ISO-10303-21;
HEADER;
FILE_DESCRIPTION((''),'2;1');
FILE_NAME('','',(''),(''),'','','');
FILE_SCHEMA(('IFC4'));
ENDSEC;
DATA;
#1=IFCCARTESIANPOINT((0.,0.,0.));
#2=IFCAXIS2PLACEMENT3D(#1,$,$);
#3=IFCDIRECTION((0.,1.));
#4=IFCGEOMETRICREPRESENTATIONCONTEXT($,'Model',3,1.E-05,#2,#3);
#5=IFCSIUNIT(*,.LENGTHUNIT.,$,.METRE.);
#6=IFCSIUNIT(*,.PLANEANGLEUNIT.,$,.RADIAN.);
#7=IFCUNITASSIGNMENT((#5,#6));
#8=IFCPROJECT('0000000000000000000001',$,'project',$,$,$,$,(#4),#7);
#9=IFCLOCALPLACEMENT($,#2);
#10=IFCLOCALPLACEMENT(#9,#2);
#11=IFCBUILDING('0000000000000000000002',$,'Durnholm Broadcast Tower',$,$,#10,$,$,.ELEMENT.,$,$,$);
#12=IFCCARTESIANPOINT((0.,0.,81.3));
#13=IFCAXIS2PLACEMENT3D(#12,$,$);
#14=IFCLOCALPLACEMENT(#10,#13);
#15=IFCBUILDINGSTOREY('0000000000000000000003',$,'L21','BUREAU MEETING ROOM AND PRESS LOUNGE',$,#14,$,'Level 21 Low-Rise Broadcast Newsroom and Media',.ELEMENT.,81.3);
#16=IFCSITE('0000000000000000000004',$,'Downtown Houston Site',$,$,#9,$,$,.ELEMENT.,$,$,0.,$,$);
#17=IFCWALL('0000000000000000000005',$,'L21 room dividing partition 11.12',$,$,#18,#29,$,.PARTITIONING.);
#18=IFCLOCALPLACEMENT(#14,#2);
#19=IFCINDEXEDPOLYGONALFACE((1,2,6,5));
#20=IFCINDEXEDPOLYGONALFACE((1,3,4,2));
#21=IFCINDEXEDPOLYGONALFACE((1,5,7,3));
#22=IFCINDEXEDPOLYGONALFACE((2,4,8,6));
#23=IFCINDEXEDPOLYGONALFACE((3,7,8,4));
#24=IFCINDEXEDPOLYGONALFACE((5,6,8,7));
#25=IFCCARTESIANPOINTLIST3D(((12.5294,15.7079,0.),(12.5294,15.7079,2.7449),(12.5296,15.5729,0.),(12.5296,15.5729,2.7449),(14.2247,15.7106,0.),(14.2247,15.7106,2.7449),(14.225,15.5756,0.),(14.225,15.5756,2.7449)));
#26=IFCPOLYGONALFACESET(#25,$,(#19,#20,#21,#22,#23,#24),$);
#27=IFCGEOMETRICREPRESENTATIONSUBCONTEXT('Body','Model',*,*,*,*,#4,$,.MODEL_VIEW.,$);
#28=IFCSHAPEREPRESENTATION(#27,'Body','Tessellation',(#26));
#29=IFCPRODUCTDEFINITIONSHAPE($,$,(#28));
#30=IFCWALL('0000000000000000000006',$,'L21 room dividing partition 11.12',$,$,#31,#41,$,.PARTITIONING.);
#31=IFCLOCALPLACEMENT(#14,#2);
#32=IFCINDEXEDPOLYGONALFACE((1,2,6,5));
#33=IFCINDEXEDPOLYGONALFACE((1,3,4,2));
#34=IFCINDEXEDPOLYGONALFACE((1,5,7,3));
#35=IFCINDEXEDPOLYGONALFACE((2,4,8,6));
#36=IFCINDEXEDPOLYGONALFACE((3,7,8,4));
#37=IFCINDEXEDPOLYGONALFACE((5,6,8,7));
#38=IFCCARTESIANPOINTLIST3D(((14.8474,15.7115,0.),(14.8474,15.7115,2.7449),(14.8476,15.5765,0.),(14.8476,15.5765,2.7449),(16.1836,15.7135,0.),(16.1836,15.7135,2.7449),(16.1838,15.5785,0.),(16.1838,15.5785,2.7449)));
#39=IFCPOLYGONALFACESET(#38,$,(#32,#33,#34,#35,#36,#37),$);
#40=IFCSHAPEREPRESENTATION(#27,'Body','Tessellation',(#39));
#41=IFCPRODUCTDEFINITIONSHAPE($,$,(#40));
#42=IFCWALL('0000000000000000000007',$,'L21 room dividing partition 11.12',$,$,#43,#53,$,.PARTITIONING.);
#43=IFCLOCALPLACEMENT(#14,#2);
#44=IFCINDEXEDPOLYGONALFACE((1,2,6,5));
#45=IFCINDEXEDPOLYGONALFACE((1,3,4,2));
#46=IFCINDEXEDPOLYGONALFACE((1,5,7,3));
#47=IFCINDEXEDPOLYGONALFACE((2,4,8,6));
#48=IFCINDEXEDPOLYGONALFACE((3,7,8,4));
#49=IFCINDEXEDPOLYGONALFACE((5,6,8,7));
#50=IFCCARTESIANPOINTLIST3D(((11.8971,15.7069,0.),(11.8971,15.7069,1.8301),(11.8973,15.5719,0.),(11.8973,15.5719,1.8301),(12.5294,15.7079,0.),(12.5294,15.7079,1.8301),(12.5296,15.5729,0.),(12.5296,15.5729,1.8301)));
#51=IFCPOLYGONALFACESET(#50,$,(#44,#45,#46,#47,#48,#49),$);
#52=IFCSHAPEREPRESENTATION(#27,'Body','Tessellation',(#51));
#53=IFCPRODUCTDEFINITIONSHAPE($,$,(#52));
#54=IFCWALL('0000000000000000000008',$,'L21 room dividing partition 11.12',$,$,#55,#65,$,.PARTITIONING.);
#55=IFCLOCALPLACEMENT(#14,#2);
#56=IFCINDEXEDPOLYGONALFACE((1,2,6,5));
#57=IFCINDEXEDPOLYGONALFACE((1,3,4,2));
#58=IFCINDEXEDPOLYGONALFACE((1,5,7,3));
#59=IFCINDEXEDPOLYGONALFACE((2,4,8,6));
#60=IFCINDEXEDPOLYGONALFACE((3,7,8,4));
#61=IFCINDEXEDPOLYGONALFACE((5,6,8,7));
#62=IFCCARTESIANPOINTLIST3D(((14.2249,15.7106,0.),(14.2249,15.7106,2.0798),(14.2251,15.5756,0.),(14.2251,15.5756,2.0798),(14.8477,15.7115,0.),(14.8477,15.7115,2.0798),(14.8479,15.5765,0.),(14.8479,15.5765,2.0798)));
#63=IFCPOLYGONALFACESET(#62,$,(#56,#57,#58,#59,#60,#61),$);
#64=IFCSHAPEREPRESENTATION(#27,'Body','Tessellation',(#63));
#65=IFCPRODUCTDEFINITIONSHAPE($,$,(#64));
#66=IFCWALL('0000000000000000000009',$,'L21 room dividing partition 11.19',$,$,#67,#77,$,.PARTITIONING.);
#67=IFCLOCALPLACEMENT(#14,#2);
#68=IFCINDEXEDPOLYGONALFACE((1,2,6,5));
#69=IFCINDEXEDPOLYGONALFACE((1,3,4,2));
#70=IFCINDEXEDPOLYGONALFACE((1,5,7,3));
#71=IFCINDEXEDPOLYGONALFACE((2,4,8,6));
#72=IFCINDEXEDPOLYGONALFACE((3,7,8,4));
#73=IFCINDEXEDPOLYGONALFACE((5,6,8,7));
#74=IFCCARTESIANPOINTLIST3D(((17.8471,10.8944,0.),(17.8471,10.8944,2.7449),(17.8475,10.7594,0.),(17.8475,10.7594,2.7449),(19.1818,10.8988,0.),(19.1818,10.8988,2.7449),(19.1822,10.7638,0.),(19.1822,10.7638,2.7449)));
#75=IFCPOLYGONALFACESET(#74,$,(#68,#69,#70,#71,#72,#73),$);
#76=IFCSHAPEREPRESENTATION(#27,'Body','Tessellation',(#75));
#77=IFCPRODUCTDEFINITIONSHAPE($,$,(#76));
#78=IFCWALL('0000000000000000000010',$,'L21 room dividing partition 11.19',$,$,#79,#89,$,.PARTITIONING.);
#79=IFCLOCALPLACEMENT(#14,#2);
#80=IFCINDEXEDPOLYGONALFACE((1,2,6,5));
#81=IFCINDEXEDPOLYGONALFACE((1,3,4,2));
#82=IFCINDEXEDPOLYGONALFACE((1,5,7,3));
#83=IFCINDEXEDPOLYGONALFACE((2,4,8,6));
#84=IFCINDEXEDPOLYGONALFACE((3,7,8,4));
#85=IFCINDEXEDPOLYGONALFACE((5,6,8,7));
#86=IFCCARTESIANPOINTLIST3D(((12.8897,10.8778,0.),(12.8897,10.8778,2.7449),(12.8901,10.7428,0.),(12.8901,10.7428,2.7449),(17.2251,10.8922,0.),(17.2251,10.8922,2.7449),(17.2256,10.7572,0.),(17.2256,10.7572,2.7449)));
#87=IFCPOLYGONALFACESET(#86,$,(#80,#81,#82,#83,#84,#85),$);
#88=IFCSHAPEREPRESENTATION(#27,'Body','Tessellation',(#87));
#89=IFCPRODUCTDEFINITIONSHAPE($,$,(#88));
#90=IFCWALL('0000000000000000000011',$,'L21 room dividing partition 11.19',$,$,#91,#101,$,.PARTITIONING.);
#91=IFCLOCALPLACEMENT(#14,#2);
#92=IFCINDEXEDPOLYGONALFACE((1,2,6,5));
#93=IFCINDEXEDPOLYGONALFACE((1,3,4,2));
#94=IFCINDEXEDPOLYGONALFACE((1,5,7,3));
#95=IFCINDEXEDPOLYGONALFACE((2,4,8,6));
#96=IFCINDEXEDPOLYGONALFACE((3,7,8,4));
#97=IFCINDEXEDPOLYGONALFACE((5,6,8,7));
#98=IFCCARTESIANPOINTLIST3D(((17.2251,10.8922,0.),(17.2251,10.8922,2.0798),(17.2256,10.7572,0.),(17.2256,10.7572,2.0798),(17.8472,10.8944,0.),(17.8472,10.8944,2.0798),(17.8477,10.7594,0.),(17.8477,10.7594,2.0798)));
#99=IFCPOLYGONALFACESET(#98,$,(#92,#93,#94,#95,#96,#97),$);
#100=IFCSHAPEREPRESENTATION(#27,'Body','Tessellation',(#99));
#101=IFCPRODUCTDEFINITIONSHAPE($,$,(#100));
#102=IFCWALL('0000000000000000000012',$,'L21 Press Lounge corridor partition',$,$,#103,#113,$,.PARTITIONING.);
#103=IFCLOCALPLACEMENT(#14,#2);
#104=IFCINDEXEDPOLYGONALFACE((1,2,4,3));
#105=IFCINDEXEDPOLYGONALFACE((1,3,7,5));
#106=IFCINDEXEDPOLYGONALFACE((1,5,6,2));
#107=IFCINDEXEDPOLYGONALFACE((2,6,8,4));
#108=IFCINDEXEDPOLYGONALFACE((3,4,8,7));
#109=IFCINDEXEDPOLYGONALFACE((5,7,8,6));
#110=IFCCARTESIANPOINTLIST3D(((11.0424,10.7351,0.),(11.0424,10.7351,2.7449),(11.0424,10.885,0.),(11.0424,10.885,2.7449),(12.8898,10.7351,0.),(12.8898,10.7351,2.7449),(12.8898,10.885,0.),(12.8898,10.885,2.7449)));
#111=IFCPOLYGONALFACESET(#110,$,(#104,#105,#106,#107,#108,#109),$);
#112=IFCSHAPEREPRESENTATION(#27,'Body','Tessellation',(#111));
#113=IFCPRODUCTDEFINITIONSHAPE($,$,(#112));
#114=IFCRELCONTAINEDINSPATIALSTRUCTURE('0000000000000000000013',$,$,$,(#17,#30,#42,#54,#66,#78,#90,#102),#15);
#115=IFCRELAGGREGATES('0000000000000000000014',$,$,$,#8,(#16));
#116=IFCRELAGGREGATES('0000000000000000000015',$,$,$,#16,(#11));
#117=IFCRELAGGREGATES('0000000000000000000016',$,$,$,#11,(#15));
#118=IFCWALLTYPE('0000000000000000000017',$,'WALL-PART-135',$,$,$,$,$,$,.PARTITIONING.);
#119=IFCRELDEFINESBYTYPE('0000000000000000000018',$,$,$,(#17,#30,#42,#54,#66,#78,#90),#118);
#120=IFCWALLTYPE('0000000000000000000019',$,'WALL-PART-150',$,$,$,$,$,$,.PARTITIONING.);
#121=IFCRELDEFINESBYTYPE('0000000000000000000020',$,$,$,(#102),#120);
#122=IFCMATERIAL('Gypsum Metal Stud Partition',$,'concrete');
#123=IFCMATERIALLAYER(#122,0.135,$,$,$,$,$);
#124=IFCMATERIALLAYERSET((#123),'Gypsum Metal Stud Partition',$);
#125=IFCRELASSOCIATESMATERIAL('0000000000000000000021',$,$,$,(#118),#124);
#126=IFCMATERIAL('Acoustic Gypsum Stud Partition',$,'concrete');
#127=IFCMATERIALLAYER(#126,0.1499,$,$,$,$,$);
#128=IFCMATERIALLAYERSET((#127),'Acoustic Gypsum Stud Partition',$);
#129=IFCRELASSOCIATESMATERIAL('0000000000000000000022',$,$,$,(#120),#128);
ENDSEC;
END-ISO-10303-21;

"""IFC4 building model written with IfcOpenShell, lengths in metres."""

from ifc_helpers import new_model, si_unit, direction, frame, frame_2d, origin, place, context, subcontext, project, spatial, rectangle, extrude, material, layer, layer_set, type_object, element, save


model = new_model("IFC4")

# Units and contexts
model_context = context("Model", 3, precision=1e-05, world=origin(), true_north=direction((0.0, 1.0)))
body_context = subcontext(model_context, "Body", "Model", "MODEL_VIEW")
ifc_project = project(units=[si_unit("LENGTHUNIT", "METRE"), si_unit("PLANEANGLEUNIT", "RADIAN")], contexts=[model_context])

# Site, building, storey
site_placement = place(None, origin())
site = spatial("IfcSite", under=ifc_project, at=site_placement, Name="Downtown Houston Site", CompositionType="ELEMENT", RefElevation=0.0)
building_placement = place(site_placement, origin())
building = spatial("IfcBuilding", under=site, at=building_placement, Name="Durnholm Broadcast Tower", CompositionType="ELEMENT")
storey_placement = place(building_placement, frame((0.0, 0.0, 81.3)))
storey = spatial("IfcBuildingStorey", under=building, at=storey_placement, Name="L21", Description="BUREAU MEETING ROOM AND PRESS LOUNGE", LongName="Level 21 Low-Rise Broadcast Newsroom and Media", CompositionType="ELEMENT", Elevation=81.3)

# Walls
ifc_material_1 = material(Name="Gypsum Metal Stud Partition", Category="concrete")
ifc_layer_1 = layer(ifc_material_1, 0.135)
ifc_layer_set_1 = layer_set([ifc_layer_1], Name="Gypsum Metal Stud Partition")
wall_type_1 = type_object("IfcWallType", Name="WALL-PART-135", PredefinedType="PARTITIONING", material=ifc_layer_set_1)
wall_1_placement = place(storey_placement, frame((12.5295, 15.6404, 0.0), z_axis=(0.0, 0.0, 1.0), x_axis=(0.999999, 0.001584, 0.0)))
element("IfcWall", 1, at=wall_1_placement, inside=storey, type_object=wall_type_1, Name="L21 room dividing partition 11.12", PredefinedType="PARTITIONING", context=body_context, shape_type="SweptSolid", body=[
    extrude(rectangle(XDim=1.6953, YDim=0.135, at=frame_2d((0.8477, 0.0))), origin(), (0.0, 0.0, 1.0), 2.7449),
])
wall_2_placement = place(storey_placement, frame((14.8477, 15.644, 0.0), z_axis=(0.0, 0.0, 1.0), x_axis=(0.999999, 0.001462, 0.0)))
element("IfcWall", 2, at=wall_2_placement, inside=storey, type_object=wall_type_1, Name="L21 room dividing partition 11.12", PredefinedType="PARTITIONING", context=body_context, shape_type="SweptSolid", body=[
    extrude(rectangle(XDim=1.3362, YDim=0.135, at=frame_2d((0.668, 0.0))), origin(), (0.0, 0.0, 1.0), 2.7449),
])
wall_3_placement = place(storey_placement, frame((11.8972, 15.6394, 0.0), z_axis=(0.0, 0.0, 1.0), x_axis=(0.999999, 0.001544, 0.0)))
element("IfcWall", 3, at=wall_3_placement, inside=storey, type_object=wall_type_1, Name="L21 room dividing partition 11.12", PredefinedType="PARTITIONING", context=body_context, shape_type="SweptSolid", body=[
    extrude(rectangle(XDim=0.6323, YDim=0.135, at=frame_2d((0.3162, 0.0))), origin(), (0.0, 0.0, 1.0), 1.8301),
])
wall_4_placement = place(storey_placement, frame((14.2249, 15.6431, 0.0), z_axis=(0.0, 0.0, 1.0), x_axis=(0.999999, 0.001568, 0.0)))
element("IfcWall", 4, at=wall_4_placement, inside=storey, type_object=wall_type_1, Name="L21 room dividing partition 11.12", PredefinedType="PARTITIONING", context=body_context, shape_type="SweptSolid", body=[
    extrude(rectangle(XDim=0.6228, YDim=0.135, at=frame_2d((0.3115, 0.0))), origin(), (0.0, 0.0, 1.0), 2.0798),
])
wall_5_placement = place(storey_placement, frame((19.1821, 10.8313, 0.0), z_axis=(0.0, 0.0, 1.0), x_axis=(-0.999995, -0.003292, 0.0)))
element("IfcWall", 5, at=wall_5_placement, inside=storey, type_object=wall_type_1, Name="L21 room dividing partition 11.19", PredefinedType="PARTITIONING", context=body_context, shape_type="SweptSolid", body=[
    extrude(rectangle(XDim=1.3347, YDim=0.135, at=frame_2d((0.6675, 0.0))), origin(), (0.0, 0.0, 1.0), 2.7449),
])
wall_6_placement = place(storey_placement, frame((17.2253, 10.8247, 0.0), z_axis=(0.0, 0.0, 1.0), x_axis=(-0.999994, -0.003322, 0.0)))
element("IfcWall", 6, at=wall_6_placement, inside=storey, type_object=wall_type_1, Name="L21 room dividing partition 11.19", PredefinedType="PARTITIONING", context=body_context, shape_type="SweptSolid", body=[
    extrude(rectangle(XDim=4.3354, YDim=0.135, at=frame_2d((2.1677, 0.0))), origin(), (0.0, 0.0, 1.0), 2.7449),
])
wall_7_placement = place(storey_placement, frame((17.8474, 10.8269, 0.0), z_axis=(0.0, 0.0, 1.0), x_axis=(-0.999994, -0.003532, 0.0)))
element("IfcWall", 7, at=wall_7_placement, inside=storey, type_object=wall_type_1, Name="L21 room dividing partition 11.19", PredefinedType="PARTITIONING", context=body_context, shape_type="SweptSolid", body=[
    extrude(rectangle(XDim=0.6221, YDim=0.135, at=frame_2d((0.311, 0.0))), origin(), (0.0, 0.0, 1.0), 2.0798),
])
ifc_material_2 = material(Name="Acoustic Gypsum Stud Partition", Category="concrete")
ifc_layer_2 = layer(ifc_material_2, 0.1499)
ifc_layer_set_2 = layer_set([ifc_layer_2], Name="Acoustic Gypsum Stud Partition")
wall_type_2 = type_object("IfcWallType", Name="WALL-PART-150", PredefinedType="PARTITIONING", material=ifc_layer_set_2)
wall_8_placement = place(storey_placement, frame((12.8899, 10.8101, 0.0), z_axis=(0.0, 0.0, 1.0), x_axis=(-1.0, 0.0, 0.0)))
element("IfcWall", 8, at=wall_8_placement, inside=storey, type_object=wall_type_2, Name="L21 Press Lounge corridor partition", PredefinedType="PARTITIONING", context=body_context, shape_type="SweptSolid", body=[
    extrude(rectangle(XDim=1.8474, YDim=0.1499, at=frame_2d((0.9238, 0.0))), origin(), (0.0, 0.0, 1.0), 2.7449),
])

save(model, "model.ifc")
